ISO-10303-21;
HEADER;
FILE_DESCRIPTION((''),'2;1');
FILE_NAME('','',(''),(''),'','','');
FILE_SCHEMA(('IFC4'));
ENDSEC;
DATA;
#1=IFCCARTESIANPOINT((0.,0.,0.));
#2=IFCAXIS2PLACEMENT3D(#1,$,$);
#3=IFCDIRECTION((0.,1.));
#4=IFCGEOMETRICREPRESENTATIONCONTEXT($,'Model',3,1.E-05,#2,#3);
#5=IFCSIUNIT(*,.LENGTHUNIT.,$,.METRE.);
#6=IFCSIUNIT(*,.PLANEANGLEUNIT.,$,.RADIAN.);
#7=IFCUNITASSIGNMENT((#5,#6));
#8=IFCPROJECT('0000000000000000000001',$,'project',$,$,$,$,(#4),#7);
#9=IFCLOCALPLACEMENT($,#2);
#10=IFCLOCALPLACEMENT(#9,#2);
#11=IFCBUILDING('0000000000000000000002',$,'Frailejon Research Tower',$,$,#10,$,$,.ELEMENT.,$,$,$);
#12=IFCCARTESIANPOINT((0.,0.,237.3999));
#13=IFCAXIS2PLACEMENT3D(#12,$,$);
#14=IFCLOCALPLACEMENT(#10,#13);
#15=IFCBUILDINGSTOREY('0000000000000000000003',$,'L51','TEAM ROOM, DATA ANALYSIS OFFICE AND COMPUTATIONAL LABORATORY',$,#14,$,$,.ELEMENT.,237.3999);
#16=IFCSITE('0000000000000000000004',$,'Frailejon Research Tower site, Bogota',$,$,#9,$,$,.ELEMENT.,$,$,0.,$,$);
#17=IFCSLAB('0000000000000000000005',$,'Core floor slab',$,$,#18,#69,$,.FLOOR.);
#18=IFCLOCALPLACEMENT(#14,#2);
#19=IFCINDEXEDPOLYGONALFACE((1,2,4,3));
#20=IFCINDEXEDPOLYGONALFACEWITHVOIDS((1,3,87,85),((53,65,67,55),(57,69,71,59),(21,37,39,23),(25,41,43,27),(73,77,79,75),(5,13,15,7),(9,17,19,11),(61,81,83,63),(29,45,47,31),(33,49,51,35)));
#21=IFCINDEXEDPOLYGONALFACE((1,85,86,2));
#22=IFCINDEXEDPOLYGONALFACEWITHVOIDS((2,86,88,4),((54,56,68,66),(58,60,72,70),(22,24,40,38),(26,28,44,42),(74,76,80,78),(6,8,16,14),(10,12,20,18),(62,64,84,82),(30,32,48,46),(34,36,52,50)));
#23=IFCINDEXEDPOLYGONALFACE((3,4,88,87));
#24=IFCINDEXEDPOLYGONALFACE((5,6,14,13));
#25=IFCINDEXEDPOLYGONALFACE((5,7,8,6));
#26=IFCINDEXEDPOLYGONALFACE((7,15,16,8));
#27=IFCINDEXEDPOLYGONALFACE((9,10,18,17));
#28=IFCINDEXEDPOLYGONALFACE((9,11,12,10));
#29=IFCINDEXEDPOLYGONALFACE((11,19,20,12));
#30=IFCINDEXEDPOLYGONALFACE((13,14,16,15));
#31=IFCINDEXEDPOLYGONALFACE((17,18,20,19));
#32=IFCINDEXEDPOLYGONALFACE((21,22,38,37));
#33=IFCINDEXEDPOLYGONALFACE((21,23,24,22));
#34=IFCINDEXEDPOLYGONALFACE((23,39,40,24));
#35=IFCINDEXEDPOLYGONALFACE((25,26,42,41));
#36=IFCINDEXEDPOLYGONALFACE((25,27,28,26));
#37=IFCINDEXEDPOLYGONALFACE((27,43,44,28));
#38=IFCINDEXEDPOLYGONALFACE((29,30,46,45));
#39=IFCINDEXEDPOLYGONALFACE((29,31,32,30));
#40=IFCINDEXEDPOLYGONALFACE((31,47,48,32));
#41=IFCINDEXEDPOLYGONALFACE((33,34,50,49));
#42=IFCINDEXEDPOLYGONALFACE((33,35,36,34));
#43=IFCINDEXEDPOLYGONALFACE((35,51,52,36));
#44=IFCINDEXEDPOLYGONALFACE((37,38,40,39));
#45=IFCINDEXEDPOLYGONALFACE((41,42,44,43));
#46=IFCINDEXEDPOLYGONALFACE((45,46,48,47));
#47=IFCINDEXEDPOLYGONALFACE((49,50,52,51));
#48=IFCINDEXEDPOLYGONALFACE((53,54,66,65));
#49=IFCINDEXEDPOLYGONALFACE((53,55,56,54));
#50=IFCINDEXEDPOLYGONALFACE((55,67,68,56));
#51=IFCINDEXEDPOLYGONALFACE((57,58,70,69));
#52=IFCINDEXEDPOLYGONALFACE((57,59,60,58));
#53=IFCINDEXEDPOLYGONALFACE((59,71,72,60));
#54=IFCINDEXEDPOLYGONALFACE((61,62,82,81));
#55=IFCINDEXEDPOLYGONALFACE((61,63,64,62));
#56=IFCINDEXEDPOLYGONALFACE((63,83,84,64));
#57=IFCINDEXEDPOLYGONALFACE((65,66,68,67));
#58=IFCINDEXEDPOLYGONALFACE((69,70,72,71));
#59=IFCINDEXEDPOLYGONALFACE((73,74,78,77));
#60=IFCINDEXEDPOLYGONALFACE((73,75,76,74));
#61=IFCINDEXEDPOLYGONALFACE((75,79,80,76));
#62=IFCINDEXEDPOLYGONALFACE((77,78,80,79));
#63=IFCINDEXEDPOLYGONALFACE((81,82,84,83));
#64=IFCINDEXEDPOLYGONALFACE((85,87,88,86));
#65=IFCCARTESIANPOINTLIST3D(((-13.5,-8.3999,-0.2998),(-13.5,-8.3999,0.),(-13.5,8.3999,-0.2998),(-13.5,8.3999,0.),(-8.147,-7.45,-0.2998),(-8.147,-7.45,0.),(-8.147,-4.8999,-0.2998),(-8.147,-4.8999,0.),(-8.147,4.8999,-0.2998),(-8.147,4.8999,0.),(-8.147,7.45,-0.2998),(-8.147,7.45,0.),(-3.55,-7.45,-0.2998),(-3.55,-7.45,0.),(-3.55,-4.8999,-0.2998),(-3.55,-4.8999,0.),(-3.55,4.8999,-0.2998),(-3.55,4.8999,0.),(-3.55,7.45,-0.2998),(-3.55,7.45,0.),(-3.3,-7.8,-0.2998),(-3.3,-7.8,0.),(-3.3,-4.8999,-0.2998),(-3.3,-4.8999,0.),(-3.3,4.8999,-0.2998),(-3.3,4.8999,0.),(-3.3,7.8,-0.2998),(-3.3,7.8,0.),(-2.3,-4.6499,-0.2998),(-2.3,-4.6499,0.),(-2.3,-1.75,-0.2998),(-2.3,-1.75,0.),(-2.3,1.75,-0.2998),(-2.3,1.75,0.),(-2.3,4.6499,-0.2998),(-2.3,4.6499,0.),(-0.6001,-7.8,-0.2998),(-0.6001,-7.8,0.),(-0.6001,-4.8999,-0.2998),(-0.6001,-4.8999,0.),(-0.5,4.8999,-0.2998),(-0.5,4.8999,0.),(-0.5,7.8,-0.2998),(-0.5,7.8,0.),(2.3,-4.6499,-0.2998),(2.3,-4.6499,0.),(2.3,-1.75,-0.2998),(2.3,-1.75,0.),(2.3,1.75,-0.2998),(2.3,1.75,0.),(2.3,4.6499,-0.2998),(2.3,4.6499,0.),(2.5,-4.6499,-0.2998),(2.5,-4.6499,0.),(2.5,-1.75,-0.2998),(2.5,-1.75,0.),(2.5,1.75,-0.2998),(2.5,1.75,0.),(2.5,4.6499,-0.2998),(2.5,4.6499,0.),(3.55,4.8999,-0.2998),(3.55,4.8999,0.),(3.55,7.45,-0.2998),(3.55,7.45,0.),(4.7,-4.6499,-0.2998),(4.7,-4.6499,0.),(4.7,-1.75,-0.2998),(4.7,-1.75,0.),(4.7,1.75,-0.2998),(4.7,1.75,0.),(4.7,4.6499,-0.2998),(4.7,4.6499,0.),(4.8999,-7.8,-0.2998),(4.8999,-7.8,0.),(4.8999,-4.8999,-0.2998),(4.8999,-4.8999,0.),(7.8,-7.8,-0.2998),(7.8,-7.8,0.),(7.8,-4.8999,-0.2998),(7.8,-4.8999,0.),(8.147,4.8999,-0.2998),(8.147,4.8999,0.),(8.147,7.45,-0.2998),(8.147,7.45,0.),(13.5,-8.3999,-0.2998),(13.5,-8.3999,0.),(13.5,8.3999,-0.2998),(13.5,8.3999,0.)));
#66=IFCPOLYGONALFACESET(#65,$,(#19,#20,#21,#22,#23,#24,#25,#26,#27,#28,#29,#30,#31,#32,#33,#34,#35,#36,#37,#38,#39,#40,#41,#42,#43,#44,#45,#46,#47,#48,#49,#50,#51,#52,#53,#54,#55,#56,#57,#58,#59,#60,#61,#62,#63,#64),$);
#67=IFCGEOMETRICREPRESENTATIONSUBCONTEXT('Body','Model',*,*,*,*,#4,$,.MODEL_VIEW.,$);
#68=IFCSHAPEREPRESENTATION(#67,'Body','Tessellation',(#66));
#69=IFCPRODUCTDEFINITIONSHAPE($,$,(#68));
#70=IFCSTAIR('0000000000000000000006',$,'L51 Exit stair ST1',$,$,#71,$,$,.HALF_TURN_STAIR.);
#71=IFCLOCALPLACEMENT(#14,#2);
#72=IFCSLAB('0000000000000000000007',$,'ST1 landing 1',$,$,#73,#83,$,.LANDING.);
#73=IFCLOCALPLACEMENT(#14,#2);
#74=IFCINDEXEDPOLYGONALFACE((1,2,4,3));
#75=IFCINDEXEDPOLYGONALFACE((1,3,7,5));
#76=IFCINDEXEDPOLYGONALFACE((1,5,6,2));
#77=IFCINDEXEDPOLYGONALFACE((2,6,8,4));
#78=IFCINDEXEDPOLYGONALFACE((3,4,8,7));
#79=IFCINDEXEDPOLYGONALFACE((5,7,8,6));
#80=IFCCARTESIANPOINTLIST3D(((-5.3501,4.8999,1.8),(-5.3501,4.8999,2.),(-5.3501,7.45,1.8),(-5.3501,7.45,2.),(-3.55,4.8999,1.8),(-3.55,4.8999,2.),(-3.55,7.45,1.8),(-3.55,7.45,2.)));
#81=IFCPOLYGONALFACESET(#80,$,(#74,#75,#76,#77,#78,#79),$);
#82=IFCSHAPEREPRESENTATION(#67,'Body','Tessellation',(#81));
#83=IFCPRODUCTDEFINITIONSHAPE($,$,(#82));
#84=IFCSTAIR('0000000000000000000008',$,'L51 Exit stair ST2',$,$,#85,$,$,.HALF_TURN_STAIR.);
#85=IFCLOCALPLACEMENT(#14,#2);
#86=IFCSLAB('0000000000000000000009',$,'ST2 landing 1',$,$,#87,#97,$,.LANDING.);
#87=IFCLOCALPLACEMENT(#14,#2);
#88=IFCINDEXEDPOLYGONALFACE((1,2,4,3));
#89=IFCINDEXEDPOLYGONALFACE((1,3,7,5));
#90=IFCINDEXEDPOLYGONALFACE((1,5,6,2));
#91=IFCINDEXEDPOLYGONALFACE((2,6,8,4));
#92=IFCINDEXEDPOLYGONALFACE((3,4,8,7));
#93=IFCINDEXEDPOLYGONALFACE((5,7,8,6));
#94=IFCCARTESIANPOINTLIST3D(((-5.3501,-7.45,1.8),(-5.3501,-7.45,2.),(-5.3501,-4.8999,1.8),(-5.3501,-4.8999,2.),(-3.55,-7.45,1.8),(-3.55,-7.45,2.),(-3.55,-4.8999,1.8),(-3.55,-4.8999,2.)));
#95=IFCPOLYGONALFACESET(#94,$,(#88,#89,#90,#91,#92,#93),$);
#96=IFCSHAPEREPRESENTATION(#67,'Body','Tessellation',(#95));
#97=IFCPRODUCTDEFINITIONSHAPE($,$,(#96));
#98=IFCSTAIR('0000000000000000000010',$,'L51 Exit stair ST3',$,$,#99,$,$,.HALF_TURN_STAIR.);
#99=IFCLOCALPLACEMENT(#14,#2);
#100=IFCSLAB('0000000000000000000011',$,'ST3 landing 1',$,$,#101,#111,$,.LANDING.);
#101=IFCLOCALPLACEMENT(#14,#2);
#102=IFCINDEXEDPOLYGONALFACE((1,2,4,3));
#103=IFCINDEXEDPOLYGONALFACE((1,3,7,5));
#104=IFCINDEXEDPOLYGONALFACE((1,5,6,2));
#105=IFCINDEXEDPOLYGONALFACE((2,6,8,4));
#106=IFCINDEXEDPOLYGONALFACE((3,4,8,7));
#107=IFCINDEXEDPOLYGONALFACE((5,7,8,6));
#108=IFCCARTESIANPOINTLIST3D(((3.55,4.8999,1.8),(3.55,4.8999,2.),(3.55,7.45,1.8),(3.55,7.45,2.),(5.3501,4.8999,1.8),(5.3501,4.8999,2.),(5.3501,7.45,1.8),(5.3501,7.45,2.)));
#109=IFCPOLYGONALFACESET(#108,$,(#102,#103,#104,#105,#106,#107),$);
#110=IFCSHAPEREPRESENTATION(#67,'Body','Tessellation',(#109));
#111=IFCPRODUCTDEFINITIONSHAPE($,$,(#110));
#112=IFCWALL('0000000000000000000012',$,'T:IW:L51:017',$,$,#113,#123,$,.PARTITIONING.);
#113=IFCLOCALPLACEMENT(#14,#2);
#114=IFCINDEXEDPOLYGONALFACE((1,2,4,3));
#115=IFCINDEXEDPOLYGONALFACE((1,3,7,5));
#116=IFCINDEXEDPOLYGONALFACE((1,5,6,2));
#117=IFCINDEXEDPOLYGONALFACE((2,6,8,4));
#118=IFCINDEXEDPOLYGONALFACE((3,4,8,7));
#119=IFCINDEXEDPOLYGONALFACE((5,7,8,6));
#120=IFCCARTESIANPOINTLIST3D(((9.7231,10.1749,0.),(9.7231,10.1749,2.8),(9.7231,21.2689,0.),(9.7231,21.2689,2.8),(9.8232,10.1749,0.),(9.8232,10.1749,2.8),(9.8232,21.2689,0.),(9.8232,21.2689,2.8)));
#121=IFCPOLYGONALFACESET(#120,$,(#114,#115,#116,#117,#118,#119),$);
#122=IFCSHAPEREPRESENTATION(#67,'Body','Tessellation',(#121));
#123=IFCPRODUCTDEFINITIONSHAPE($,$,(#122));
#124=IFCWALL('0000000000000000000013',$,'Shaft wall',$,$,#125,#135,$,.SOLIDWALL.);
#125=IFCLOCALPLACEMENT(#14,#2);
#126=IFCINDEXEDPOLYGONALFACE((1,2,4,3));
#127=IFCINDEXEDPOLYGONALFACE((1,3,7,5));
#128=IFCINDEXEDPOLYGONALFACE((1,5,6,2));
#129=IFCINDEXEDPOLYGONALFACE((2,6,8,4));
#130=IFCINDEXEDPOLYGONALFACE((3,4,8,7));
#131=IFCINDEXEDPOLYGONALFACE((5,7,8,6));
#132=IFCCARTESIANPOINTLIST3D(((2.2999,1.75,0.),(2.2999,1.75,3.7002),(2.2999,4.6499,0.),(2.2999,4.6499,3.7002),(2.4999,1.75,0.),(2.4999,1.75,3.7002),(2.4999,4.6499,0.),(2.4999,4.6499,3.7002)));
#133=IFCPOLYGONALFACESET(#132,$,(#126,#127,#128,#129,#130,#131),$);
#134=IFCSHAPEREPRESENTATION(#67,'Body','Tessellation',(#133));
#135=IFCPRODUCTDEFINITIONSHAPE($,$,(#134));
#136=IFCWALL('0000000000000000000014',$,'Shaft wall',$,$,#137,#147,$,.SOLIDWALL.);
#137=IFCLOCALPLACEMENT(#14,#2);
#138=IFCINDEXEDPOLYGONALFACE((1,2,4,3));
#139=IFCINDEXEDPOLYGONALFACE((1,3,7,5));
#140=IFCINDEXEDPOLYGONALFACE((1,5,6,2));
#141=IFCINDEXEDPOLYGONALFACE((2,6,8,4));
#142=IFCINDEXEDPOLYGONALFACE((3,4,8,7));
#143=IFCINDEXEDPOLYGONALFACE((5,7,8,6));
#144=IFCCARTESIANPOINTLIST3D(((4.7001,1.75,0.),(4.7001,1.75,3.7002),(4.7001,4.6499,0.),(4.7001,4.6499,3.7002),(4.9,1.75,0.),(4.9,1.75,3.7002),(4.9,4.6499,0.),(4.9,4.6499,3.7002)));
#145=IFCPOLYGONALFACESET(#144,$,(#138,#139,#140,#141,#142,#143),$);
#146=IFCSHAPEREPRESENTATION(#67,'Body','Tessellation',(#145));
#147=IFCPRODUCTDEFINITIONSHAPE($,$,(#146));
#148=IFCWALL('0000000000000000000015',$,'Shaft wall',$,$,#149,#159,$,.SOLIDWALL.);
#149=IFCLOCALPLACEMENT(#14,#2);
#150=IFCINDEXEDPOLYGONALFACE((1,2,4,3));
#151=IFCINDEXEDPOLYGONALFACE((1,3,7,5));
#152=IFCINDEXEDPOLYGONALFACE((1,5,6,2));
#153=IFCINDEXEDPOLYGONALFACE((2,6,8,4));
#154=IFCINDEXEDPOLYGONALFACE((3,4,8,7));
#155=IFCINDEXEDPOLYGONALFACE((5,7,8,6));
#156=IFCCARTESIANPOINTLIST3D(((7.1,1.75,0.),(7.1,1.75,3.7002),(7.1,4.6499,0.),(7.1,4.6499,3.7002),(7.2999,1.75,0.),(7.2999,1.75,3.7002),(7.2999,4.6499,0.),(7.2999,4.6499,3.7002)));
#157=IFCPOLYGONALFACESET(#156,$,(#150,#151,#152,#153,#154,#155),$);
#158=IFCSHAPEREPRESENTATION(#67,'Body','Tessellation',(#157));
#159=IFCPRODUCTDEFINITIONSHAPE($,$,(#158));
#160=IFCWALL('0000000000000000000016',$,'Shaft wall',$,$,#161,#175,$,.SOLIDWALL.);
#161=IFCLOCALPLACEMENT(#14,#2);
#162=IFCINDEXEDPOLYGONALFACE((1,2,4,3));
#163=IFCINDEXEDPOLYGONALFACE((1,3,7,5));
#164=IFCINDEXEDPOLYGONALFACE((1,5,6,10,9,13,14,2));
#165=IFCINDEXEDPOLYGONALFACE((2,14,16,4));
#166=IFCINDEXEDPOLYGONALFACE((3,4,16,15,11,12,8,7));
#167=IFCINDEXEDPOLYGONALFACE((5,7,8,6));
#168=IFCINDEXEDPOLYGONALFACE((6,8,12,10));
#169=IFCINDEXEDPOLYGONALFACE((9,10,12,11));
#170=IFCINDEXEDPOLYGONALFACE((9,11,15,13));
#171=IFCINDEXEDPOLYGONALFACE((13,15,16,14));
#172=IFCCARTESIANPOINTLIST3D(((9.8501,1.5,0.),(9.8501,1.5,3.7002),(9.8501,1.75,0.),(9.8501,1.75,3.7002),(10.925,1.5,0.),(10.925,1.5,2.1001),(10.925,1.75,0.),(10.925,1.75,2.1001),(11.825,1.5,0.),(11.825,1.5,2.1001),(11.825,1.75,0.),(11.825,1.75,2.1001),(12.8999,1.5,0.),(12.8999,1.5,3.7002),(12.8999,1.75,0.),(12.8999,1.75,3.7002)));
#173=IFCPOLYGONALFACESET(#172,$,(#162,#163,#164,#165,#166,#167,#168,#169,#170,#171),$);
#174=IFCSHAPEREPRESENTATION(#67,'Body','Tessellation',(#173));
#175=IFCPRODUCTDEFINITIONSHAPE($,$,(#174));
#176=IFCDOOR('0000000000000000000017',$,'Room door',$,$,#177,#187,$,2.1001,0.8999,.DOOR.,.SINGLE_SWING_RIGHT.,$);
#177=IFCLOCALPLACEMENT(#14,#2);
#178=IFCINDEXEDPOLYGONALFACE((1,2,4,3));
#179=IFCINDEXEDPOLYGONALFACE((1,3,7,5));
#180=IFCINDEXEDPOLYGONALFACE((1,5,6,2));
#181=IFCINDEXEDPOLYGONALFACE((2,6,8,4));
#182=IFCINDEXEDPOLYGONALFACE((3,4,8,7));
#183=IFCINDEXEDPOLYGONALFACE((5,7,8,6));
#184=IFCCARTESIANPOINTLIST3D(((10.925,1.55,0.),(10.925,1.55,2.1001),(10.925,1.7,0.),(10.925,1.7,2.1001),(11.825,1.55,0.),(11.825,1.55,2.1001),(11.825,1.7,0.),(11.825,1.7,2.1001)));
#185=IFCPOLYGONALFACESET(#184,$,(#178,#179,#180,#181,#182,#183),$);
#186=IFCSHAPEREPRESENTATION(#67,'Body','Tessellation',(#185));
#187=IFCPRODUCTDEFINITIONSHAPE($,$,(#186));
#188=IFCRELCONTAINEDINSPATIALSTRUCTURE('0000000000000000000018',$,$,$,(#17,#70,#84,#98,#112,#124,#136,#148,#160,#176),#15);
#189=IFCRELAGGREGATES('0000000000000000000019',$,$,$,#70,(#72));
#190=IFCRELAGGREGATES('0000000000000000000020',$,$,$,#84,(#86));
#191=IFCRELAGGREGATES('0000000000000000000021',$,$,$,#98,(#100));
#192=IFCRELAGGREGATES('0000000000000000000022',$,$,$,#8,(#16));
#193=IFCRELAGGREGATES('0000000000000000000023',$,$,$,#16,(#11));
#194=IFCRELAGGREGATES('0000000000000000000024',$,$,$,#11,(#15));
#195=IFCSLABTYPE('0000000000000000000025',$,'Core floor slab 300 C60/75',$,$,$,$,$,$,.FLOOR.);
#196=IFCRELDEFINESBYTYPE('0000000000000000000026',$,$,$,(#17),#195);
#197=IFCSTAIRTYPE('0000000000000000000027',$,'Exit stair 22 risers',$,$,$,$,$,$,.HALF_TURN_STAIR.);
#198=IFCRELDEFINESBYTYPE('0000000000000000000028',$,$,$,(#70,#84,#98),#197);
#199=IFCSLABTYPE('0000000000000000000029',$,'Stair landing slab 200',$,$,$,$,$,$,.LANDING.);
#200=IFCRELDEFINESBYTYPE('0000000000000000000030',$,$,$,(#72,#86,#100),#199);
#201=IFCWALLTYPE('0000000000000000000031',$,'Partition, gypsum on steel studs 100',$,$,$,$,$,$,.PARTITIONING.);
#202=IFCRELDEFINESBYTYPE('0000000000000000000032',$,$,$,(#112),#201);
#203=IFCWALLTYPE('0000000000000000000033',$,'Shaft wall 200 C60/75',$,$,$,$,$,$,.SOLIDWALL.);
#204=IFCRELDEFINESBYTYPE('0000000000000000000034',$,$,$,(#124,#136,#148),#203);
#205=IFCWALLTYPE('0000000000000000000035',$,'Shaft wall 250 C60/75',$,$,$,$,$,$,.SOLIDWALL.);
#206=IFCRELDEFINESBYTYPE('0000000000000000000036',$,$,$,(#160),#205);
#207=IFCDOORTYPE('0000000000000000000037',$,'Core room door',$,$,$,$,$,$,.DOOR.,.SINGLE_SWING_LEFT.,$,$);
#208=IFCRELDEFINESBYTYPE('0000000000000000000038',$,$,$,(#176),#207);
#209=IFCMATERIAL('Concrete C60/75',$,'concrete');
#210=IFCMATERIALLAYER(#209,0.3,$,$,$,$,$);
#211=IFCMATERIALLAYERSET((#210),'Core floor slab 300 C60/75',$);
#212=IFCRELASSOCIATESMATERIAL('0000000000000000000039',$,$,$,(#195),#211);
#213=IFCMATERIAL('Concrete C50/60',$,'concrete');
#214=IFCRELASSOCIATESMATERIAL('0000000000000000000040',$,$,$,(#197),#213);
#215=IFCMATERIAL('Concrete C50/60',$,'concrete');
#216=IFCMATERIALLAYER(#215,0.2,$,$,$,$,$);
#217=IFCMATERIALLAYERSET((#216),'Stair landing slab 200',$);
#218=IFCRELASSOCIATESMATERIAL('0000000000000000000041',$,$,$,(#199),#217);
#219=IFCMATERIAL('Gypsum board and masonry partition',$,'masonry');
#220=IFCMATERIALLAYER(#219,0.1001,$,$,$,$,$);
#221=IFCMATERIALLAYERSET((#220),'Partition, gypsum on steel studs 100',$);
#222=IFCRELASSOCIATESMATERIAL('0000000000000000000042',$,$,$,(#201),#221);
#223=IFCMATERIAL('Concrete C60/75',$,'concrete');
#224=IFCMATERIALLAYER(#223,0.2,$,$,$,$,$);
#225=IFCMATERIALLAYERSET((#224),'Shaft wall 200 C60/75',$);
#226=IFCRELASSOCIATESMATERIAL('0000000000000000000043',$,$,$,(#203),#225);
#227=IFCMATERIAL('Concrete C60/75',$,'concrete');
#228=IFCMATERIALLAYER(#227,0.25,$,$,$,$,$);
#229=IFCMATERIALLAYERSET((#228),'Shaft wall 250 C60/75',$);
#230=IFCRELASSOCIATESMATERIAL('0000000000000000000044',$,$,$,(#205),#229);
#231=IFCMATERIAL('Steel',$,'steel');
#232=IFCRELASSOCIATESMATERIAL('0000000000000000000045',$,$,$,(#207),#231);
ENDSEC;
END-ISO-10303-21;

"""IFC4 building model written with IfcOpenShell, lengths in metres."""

from ifc_helpers import new_model, si_unit, direction, frame, frame_2d, origin, place, context, subcontext, project, spatial, polyline, rectangle, outline, extrude, material, layer, layer_set, type_object, element, fill, aggregate, save


model = new_model("IFC4")

# Units and contexts
model_context = context("Model", 3, precision=1e-05, world=origin(), true_north=direction((0.0, 1.0)))
body_context = subcontext(model_context, "Body", "Model", "MODEL_VIEW")
ifc_project = project(units=[si_unit("LENGTHUNIT", "METRE"), si_unit("PLANEANGLEUNIT", "RADIAN")], contexts=[model_context])

# Site, building, storey
site_placement = place(None, origin())
site = spatial("IfcSite", under=ifc_project, at=site_placement, Name="Frailejon Research Tower site, Bogota", CompositionType="ELEMENT", RefElevation=0.0)
building_placement = place(site_placement, origin())
building = spatial("IfcBuilding", under=site, at=building_placement, Name="Frailejon Research Tower", CompositionType="ELEMENT")
storey_placement = place(building_placement, frame((0.0, 0.0, 237.3999)))
storey = spatial("IfcBuildingStorey", under=building, at=storey_placement, Name="L51", Description="TEAM ROOM, DATA ANALYSIS OFFICE AND COMPUTATIONAL LABORATORY", CompositionType="ELEMENT", Elevation=237.3999)

# Slab
ifc_material_1 = material(Name="Concrete C60/75", Category="concrete")
ifc_layer_1 = layer(ifc_material_1, 0.3)
ifc_layer_set_1 = layer_set([ifc_layer_1], Name="Core floor slab 300 C60/75")
slab_type_1 = type_object("IfcSlabType", Name="Core floor slab 300 C60/75", PredefinedType="FLOOR", material=ifc_layer_set_1)
slab_1_placement = place(storey_placement, frame((0.0, 0.0, -0.2998)))
element("IfcSlab", 1, at=slab_1_placement, inside=storey, type_object=slab_type_1, Name="Core floor slab", PredefinedType="FLOOR", context=body_context, shape_type="SweptSolid", body=[
    extrude(outline(polyline([(13.5, -8.3999), (13.5, 8.3999), (-13.5, 8.3999), (-13.5, -8.3999), (13.5, -8.3999)]), holes=[polyline([(2.3, 1.75), (2.3, 4.6499), (-2.3, 4.6499), (-2.3, 1.75), (2.3, 1.75)]), polyline([(4.7, 1.75), (4.7, 4.6499), (2.5, 4.6499), (2.5, 1.75), (4.7, 1.75)]), polyline([(2.3, -4.6499), (2.3, -1.75), (-2.3, -1.75), (-2.3, -4.6499), (2.3, -4.6499)]), polyline([(4.7, -4.6499), (4.7, -1.75), (2.5, -1.75), (2.5, -4.6499), (4.7, -4.6499)]), polyline([(-8.147, 4.8999), (-3.55, 4.8999), (-3.55, 7.45), (-8.147, 7.45), (-8.147, 4.8999)]), polyline([(-8.147, -7.45), (-3.55, -7.45), (-3.55, -4.8999), (-8.147, -4.8999), (-8.147, -7.45)]), polyline([(8.147, 7.45), (3.55, 7.45), (3.55, 4.8999), (8.147, 4.8999), (8.147, 7.45)]), polyline([(-0.6001, -7.8), (-0.6001, -4.8999), (-3.3, -4.8999), (-3.3, -7.8), (-0.6001, -7.8)]), polyline([(7.8, -7.8), (7.8, -4.8999), (4.8999, -4.8999), (4.8999, -7.8), (7.8, -7.8)]), polyline([(-0.5, 4.8999), (-0.5, 7.8), (-3.3, 7.8), (-3.3, 4.8999), (-0.5, 4.8999)])]), origin(), (0.0, 0.0, 1.0), 0.2998),
])

# Stairs, slabs
ifc_material_2 = material(Name="Concrete C50/60", Category="concrete")
stair_type = type_object("IfcStairType", Name="Exit stair 22 risers", PredefinedType="HALF_TURN_STAIR", material=ifc_material_2)
stair_1_placement = place(storey_placement, origin())
stair_1 = element("IfcStair", 2, at=stair_1_placement, inside=storey, type_object=stair_type, Name="L51 Exit stair ST1", PredefinedType="HALF_TURN_STAIR")
ifc_material_3 = material(Name="Concrete C50/60", Category="concrete")
ifc_layer_2 = layer(ifc_material_3, 0.2)
ifc_layer_set_2 = layer_set([ifc_layer_2], Name="Stair landing slab 200")
slab_type_2 = type_object("IfcSlabType", Name="Stair landing slab 200", PredefinedType="LANDING", material=ifc_layer_set_2)
slab_2_placement = place(storey_placement, frame((0.0, 0.0, 1.8)))
slab_2 = element("IfcSlab", 3, at=slab_2_placement, type_object=slab_type_2, Name="ST1 landing 1", PredefinedType="LANDING", context=body_context, shape_type="SweptSolid", body=[
    extrude(outline(polyline([(-5.3501, 4.8999), (-3.55, 4.8999), (-3.55, 7.45), (-5.3501, 7.45), (-5.3501, 4.8999)])), origin(), (0.0, 0.0, 1.0), 0.2),
])
aggregate(stair_1, [slab_2])
stair_2_placement = place(storey_placement, origin())
stair_2 = element("IfcStair", 4, at=stair_2_placement, inside=storey, type_object=stair_type, Name="L51 Exit stair ST2", PredefinedType="HALF_TURN_STAIR")
slab_3_placement = place(storey_placement, frame((0.0, 0.0, 1.8)))
slab_3 = element("IfcSlab", 5, at=slab_3_placement, type_object=slab_type_2, Name="ST2 landing 1", PredefinedType="LANDING", context=body_context, shape_type="SweptSolid", body=[
    extrude(outline(polyline([(-5.3501, -7.45), (-3.55, -7.45), (-3.55, -4.8999), (-5.3501, -4.8999), (-5.3501, -7.45)])), origin(), (0.0, 0.0, 1.0), 0.2),
])
aggregate(stair_2, [slab_3])
stair_3_placement = place(storey_placement, origin())
stair_3 = element("IfcStair", 6, at=stair_3_placement, inside=storey, type_object=stair_type, Name="L51 Exit stair ST3", PredefinedType="HALF_TURN_STAIR")
slab_4_placement = place(storey_placement, frame((0.0, 0.0, 1.8)))
slab_4 = element("IfcSlab", 7, at=slab_4_placement, type_object=slab_type_2, Name="ST3 landing 1", PredefinedType="LANDING", context=body_context, shape_type="SweptSolid", body=[
    extrude(outline(polyline([(5.3501, 7.45), (3.55, 7.45), (3.55, 4.8999), (5.3501, 4.8999), (5.3501, 7.45)])), origin(), (0.0, 0.0, 1.0), 0.2),
])

# Walls
ifc_material_4 = material(Name="Gypsum board and masonry partition", Category="masonry")
ifc_layer_3 = layer(ifc_material_4, 0.1001)
ifc_layer_set_3 = layer_set([ifc_layer_3], Name="Partition, gypsum on steel studs 100")
wall_type_1 = type_object("IfcWallType", Name="Partition, gypsum on steel studs 100", PredefinedType="PARTITIONING", material=ifc_layer_set_3)
wall_1_placement = place(storey_placement, frame((9.7732, 10.175, 0.0), z_axis=(0.0, 0.0, 1.0), x_axis=(0.0, 1.0, 0.0)))
element("IfcWall", 8, at=wall_1_placement, inside=storey, type_object=wall_type_1, Name="T:IW:L51:017", PredefinedType="PARTITIONING", context=body_context, shape_type="SweptSolid", body=[
    extrude(rectangle(XDim=11.094, YDim=0.1001, at=frame_2d((5.5469, 0.0))), origin(), (0.0, 0.0, 1.0), 2.8),
])
ifc_material_5 = material(Name="Concrete C60/75", Category="concrete")
ifc_layer_4 = layer(ifc_material_5, 0.2)
ifc_layer_set_4 = layer_set([ifc_layer_4], Name="Shaft wall 200 C60/75")
wall_type_2 = type_object("IfcWallType", Name="Shaft wall 200 C60/75", PredefinedType="SOLIDWALL", material=ifc_layer_set_4)
for number, where, z_axis, x_axis, name in (
    (9, (2.3999, 1.75, 0.0), (0.0, 0.0, 1.0), (0.0, 1.0, 0.0), "Shaft wall"),
    (10, (4.8, 1.75, 0.0), (0.0, 0.0, 1.0), (0.0, 1.0, 0.0), "Shaft wall"),
    (11, (7.2, 1.75, 0.0), (0.0, 0.0, 1.0), (0.0, 1.0, 0.0), "Shaft wall"),
):
    element("IfcWall", number, at=place(storey_placement, frame(where, z_axis=z_axis, x_axis=x_axis)), inside=storey, type_object=wall_type_2, Name=name, PredefinedType="SOLIDWALL", context=body_context, shape_type="SweptSolid", body=[
        extrude(rectangle(XDim=2.8999, YDim=0.2, at=frame_2d((1.45, 0.0))), origin(), (0.0, 0.0, 1.0), 3.7002),
    ])

# Wall, opening, door
ifc_material_6 = material(Name="Concrete C60/75", Category="concrete")
ifc_layer_5 = layer(ifc_material_6, 0.25)
ifc_layer_set_5 = layer_set([ifc_layer_5], Name="Shaft wall 250 C60/75")
wall_type_3 = type_object("IfcWallType", Name="Shaft wall 250 C60/75", PredefinedType="SOLIDWALL", material=ifc_layer_set_5)
wall_2_placement = place(storey_placement, frame((9.8501, 1.625, 0.0), z_axis=(0.0, 0.0, 1.0), x_axis=(1.0, 0.0, 0.0)))
wall_2 = element("IfcWall", 12, at=wall_2_placement, inside=storey, type_object=wall_type_3, Name="Shaft wall", PredefinedType="SOLIDWALL", context=body_context, shape_type="SweptSolid", body=[
    extrude(rectangle(XDim=3.0498, YDim=0.25, at=frame_2d((1.5249, 0.0))), origin(), (0.0, 0.0, 1.0), 3.7002),
])
opening_1_placement = place(wall_2_placement, frame((1.075, 0.0, 0.0)))
opening_1 = element("IfcOpeningElement", 13, at=opening_1_placement, cuts=wall_2, PredefinedType="OPENING", context=body_context, shape_type="SweptSolid", body=[
    extrude(rectangle(XDim=0.8999, YDim=2.1001, at=frame_2d((0.45, 1.05))), frame((0.0, 0.135, 0.0), z_axis=(0.0, -1.0, 0.0), x_axis=(1.0, 0.0, 0.0)), (0.0, 0.0, 1.0), 0.27),
])
ifc_material_7 = material(Name="Steel", Category="steel")
door_type_1 = type_object("IfcDoorType", Name="Core room door", OperationType="SINGLE_SWING_LEFT", PredefinedType="DOOR", material=ifc_material_7)
door_1_placement = place(opening_1_placement, origin())
door_1 = element("IfcDoor", 14, at=door_1_placement, inside=storey, type_object=door_type_1, Name="Room door", OperationType="SINGLE_SWING_RIGHT", OverallHeight=2.1001, OverallWidth=0.8999, PredefinedType="DOOR", context=body_context, shape_type="SweptSolid", body=[
    extrude(rectangle(XDim=0.8999, YDim=2.1001, at=frame_2d((0.45, 1.05))), frame((0.0, 0.075, 0.0), z_axis=(0.0, -1.0, 0.0), x_axis=(1.0, 0.0, 0.0)), (0.0, 0.0, 1.0), 0.1499),
])
fill(opening_1, door_1)

aggregate(stair_3, [slab_4])

save(model, "model.ifc")
